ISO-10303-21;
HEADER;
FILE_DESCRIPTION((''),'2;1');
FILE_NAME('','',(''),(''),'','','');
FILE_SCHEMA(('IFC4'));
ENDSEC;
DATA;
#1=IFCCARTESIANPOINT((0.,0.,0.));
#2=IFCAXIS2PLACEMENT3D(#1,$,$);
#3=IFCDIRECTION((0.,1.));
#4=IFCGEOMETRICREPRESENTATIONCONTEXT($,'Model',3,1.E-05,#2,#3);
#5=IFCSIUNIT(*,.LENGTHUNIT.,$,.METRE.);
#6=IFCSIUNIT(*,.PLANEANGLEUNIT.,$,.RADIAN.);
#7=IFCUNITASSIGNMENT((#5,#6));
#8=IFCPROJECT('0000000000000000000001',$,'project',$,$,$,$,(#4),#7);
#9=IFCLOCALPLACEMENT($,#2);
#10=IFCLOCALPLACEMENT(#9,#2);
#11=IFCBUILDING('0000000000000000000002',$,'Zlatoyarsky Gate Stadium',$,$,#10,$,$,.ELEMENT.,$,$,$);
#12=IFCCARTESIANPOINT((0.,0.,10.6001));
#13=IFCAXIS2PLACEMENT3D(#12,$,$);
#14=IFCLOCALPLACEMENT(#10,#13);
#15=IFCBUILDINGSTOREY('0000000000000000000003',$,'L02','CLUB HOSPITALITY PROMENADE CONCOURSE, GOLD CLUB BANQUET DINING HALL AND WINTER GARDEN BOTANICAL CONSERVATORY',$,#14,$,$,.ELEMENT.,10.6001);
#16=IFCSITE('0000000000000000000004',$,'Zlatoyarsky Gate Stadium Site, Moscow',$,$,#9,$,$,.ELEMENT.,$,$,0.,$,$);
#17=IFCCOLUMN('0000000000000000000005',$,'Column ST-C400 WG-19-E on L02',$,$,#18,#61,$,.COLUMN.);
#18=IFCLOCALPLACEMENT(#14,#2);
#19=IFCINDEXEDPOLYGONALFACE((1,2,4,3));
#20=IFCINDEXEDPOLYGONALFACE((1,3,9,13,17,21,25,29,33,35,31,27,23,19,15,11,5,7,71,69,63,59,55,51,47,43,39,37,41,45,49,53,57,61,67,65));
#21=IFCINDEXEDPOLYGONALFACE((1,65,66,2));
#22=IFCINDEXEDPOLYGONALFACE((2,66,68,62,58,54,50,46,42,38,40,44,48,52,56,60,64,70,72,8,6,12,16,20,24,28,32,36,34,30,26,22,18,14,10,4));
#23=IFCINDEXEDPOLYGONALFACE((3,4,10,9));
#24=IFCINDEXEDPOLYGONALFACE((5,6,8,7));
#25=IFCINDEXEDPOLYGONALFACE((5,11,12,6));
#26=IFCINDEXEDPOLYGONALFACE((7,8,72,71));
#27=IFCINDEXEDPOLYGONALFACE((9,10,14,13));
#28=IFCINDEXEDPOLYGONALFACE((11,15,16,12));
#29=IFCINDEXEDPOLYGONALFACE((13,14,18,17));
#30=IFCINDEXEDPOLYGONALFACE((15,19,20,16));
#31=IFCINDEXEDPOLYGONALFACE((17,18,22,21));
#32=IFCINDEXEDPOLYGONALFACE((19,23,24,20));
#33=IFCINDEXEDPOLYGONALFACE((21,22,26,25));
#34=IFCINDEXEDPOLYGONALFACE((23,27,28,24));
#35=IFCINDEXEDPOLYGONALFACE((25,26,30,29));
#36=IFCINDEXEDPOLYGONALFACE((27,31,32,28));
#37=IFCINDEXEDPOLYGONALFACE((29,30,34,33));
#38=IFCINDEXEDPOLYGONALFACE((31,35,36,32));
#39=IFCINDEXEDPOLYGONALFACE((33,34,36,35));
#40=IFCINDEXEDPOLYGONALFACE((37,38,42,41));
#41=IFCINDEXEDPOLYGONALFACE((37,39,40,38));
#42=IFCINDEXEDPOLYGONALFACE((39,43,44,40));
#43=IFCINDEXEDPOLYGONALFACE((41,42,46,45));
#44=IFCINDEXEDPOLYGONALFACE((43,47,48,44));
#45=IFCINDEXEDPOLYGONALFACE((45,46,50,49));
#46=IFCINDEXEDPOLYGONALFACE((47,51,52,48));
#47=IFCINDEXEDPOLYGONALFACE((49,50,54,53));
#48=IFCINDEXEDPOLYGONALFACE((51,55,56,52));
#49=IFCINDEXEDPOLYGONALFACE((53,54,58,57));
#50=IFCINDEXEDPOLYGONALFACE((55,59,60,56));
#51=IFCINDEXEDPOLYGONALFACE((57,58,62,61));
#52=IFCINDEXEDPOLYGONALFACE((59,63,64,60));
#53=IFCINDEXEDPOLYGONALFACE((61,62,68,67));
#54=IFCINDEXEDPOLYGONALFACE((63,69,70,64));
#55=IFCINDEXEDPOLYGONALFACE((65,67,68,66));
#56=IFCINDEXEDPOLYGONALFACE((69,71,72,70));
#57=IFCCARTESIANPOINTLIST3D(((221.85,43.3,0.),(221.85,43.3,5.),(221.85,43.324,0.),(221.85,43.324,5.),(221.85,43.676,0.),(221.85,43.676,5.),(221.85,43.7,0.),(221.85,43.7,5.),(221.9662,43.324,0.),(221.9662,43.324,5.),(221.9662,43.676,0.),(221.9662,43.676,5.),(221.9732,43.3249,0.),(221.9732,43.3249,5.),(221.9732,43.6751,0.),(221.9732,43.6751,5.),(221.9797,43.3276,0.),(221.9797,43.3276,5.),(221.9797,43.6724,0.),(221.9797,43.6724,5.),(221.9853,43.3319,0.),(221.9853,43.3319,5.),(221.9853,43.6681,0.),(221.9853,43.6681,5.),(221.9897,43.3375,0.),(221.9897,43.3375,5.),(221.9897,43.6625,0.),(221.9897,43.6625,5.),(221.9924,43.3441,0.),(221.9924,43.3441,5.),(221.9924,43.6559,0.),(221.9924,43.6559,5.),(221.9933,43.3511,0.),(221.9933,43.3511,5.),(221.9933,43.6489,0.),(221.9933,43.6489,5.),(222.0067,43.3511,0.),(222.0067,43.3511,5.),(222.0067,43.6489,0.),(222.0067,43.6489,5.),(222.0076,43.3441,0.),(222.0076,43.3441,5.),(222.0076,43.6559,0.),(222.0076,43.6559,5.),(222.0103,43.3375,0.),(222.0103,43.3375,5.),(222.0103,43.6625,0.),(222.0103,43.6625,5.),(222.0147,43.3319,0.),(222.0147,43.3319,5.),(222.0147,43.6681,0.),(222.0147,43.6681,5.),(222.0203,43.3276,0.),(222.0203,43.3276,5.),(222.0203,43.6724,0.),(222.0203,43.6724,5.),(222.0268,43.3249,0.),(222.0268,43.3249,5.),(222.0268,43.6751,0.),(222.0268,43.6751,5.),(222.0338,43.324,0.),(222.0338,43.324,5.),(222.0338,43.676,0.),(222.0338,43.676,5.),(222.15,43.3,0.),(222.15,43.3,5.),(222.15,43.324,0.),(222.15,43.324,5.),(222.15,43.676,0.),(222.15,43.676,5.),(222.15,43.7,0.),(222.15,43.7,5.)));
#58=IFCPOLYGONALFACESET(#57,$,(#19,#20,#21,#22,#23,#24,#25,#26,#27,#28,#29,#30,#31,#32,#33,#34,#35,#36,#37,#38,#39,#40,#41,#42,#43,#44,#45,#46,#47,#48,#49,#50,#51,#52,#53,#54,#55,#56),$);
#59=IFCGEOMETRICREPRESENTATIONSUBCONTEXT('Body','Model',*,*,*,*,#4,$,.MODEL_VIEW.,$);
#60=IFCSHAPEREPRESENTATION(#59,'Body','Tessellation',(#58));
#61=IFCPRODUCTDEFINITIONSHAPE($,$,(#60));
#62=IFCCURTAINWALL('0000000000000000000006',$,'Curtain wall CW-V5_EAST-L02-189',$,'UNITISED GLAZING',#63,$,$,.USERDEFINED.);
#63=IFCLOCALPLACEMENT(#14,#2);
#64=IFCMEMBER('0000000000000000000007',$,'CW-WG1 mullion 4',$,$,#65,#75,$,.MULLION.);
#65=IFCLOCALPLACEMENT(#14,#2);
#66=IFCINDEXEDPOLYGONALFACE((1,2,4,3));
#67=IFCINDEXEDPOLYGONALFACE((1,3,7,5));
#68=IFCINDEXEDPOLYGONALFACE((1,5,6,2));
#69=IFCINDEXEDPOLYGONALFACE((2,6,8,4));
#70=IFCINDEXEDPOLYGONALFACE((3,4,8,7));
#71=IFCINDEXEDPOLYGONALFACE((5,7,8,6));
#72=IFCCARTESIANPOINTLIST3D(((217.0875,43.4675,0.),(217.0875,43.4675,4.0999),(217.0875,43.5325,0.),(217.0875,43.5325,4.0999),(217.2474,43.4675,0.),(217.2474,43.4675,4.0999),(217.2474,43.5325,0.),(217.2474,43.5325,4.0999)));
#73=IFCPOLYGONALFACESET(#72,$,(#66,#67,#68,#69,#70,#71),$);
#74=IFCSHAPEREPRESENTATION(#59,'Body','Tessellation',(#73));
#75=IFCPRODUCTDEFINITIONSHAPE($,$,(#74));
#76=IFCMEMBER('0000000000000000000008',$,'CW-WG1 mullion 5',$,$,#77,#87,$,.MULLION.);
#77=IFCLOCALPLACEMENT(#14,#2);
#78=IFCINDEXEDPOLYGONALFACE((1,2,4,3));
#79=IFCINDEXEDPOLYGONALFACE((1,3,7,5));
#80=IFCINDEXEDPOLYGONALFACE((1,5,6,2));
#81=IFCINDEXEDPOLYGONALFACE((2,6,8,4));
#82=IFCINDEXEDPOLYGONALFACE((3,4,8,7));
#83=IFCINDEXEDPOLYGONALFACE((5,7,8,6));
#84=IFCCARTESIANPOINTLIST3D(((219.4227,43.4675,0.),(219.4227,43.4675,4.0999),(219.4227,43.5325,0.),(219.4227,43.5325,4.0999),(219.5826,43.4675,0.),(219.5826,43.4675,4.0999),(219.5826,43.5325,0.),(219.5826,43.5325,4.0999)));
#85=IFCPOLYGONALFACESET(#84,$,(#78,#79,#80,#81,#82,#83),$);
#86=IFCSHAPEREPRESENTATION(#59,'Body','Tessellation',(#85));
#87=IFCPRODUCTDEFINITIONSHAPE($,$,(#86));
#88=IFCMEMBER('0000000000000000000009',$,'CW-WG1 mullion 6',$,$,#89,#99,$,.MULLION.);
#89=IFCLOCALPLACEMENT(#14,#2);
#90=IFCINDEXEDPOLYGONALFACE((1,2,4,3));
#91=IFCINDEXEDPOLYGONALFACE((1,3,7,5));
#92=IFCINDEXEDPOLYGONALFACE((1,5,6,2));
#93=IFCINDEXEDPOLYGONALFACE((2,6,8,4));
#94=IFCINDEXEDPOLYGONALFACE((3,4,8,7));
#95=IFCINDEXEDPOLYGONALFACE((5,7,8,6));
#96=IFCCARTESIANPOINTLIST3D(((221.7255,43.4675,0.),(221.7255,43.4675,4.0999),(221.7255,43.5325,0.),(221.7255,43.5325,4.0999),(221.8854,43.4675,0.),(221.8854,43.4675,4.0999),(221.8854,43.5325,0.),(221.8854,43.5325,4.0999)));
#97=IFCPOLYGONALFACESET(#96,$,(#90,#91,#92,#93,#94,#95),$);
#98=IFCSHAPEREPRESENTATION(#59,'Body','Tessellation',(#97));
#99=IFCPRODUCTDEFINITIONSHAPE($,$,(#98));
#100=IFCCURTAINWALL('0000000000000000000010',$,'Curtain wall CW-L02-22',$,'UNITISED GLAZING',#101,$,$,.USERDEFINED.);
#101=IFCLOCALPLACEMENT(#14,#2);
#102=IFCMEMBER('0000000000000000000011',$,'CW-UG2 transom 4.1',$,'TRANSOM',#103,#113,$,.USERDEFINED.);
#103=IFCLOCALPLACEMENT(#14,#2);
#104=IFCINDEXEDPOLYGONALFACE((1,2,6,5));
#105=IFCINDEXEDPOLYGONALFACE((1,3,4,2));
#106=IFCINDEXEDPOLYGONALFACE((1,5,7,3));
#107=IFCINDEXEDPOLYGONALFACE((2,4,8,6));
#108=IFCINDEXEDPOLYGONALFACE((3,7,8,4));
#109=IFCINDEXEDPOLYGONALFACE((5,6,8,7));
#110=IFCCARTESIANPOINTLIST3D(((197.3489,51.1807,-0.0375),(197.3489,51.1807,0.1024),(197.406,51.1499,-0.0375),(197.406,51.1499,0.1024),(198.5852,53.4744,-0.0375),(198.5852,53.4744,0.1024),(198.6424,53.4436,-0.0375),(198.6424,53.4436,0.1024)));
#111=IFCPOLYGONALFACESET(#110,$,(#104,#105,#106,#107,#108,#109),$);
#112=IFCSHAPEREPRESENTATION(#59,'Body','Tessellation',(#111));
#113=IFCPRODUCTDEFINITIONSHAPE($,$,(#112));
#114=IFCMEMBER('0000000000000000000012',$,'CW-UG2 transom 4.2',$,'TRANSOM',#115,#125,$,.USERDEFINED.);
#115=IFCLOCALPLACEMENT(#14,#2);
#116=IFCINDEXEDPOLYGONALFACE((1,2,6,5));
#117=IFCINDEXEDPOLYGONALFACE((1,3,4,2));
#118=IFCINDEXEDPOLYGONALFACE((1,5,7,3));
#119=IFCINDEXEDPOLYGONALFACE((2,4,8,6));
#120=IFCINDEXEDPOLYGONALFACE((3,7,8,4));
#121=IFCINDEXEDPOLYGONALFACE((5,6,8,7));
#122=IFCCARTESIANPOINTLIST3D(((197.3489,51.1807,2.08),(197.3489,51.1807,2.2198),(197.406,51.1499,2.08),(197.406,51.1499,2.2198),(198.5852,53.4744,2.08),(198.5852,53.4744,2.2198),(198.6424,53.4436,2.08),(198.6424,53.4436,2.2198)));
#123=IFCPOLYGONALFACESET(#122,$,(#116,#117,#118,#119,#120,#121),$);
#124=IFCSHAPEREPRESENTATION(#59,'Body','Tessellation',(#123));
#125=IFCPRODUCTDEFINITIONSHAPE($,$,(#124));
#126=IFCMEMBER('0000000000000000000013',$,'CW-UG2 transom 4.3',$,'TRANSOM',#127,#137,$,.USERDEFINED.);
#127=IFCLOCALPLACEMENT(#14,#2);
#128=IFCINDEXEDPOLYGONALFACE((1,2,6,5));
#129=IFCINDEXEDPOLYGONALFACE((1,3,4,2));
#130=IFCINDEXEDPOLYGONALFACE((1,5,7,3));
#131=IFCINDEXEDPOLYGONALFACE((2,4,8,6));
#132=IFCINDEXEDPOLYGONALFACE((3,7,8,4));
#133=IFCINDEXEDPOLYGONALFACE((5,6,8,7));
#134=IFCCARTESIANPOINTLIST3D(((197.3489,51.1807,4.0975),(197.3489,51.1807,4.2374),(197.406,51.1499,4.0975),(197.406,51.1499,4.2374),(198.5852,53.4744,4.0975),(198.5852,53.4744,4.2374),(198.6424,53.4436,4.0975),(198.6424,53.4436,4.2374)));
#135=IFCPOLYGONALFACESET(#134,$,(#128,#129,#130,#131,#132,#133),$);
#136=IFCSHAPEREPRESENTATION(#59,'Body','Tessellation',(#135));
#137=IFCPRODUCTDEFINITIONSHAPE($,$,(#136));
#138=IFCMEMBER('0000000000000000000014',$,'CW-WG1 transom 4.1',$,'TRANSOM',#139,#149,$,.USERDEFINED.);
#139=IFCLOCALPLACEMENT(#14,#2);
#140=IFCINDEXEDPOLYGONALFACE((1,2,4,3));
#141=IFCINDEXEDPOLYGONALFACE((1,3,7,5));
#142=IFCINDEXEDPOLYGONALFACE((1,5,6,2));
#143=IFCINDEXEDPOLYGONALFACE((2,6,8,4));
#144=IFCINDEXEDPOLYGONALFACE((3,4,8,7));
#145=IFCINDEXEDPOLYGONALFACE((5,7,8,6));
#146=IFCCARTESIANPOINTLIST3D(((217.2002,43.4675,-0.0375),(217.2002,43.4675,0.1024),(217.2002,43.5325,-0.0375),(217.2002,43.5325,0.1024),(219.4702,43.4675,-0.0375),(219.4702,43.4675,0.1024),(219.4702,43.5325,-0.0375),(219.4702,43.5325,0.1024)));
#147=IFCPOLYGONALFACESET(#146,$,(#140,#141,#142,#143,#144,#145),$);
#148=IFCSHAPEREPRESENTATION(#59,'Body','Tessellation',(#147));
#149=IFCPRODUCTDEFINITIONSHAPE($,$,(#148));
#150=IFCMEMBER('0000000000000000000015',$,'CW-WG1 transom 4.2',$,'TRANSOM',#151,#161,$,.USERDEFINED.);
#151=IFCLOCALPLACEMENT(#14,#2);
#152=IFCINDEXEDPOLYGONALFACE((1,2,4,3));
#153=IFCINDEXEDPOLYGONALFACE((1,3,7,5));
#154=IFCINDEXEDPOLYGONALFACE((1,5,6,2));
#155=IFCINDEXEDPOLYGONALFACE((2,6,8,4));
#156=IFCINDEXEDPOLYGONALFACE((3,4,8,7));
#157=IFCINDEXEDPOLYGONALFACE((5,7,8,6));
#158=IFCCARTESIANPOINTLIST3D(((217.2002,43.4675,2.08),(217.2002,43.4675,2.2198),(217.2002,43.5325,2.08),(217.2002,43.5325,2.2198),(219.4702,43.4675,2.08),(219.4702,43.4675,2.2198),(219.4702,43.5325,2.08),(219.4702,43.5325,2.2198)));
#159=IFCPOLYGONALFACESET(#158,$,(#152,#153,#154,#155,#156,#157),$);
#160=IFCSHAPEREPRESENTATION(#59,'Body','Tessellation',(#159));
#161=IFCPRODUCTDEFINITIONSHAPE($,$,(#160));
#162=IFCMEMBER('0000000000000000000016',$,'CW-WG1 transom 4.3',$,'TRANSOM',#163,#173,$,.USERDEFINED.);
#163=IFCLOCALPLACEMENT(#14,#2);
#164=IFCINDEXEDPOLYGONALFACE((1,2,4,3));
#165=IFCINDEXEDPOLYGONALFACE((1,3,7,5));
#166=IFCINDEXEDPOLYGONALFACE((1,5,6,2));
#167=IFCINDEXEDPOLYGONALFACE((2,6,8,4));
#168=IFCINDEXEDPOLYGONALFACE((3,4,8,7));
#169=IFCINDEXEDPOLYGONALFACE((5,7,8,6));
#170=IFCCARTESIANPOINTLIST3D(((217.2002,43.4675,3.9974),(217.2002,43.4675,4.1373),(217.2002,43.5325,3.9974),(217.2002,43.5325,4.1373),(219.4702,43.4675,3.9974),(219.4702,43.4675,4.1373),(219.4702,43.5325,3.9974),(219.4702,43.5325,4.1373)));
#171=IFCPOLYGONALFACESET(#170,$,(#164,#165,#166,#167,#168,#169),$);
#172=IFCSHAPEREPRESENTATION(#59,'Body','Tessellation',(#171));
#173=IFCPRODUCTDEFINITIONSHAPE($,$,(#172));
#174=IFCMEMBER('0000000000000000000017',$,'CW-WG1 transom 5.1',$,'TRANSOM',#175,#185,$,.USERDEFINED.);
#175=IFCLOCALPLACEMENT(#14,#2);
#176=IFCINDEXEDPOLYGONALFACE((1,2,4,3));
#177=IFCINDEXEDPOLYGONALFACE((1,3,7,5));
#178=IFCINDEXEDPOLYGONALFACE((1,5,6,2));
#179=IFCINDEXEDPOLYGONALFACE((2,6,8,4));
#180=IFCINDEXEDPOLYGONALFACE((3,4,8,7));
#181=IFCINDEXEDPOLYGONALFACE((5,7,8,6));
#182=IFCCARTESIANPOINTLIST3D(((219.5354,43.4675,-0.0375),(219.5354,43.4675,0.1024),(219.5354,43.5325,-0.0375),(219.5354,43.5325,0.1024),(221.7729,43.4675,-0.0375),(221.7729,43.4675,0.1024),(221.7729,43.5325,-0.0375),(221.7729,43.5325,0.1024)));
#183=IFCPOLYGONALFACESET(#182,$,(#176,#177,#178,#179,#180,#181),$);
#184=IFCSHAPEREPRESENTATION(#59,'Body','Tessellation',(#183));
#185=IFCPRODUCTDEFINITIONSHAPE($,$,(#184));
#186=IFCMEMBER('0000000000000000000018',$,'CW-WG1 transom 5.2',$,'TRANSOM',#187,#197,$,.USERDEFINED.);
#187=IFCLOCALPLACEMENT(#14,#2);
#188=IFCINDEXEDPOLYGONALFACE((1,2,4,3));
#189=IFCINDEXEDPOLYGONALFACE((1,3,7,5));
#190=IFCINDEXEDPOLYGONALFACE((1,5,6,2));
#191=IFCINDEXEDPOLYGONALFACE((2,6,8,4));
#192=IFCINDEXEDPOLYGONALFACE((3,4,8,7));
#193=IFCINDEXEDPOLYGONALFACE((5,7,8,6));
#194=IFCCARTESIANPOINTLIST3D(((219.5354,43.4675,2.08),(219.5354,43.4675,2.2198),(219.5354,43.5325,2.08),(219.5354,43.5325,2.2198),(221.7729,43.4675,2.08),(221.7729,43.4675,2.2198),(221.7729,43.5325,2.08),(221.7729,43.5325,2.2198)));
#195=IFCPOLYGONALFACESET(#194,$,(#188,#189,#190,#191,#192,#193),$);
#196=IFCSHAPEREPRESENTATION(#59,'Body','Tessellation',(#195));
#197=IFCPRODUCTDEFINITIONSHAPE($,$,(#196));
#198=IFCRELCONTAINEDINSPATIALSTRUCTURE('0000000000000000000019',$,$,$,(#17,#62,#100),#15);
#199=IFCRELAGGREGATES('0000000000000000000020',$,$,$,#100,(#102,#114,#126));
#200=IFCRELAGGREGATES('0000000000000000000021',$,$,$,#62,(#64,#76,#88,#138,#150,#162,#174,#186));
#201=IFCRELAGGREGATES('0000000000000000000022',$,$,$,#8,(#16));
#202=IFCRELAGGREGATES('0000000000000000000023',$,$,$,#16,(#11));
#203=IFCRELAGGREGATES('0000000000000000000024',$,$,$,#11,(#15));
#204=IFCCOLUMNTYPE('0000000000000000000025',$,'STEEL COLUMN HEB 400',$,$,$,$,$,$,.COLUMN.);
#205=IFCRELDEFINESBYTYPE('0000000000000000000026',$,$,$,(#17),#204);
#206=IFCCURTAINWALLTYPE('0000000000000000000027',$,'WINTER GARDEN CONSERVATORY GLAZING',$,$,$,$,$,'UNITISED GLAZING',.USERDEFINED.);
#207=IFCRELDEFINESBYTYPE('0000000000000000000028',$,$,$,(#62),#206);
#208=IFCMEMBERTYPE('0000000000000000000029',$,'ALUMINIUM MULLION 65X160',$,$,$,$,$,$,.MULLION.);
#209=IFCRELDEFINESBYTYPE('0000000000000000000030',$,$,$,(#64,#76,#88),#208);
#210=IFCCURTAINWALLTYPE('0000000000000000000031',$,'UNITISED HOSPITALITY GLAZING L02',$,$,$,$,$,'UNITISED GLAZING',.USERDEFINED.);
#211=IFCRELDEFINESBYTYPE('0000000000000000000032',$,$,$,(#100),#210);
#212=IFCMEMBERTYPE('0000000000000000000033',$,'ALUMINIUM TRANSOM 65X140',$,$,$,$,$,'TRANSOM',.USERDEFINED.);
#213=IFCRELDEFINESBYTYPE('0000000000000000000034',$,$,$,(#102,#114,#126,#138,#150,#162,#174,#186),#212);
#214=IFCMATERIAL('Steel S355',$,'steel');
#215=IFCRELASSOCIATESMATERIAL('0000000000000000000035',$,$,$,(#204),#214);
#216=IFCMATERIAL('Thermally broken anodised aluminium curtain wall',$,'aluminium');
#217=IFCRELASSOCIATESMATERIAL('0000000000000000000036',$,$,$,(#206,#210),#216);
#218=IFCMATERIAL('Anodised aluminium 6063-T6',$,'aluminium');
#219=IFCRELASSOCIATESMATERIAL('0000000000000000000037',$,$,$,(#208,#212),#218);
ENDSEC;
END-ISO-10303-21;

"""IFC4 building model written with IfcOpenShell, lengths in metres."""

from ifc_helpers import new_model, si_unit, direction, frame, origin, origin_2d, place, context, subcontext, project, spatial, rectangle, i_section, extrude, material, material_profile, profile_set, type_object, element, aggregate, save


model = new_model("IFC4")

# Units and contexts
model_context = context("Model", 3, precision=1e-05, world=origin(), true_north=direction((0.0, 1.0)))
body_context = subcontext(model_context, "Body", "Model", "MODEL_VIEW")
ifc_project = project(units=[si_unit("LENGTHUNIT", "METRE"), si_unit("PLANEANGLEUNIT", "RADIAN")], contexts=[model_context])

# Site, building, storey
site_placement = place(None, origin())
site = spatial("IfcSite", under=ifc_project, at=site_placement, Name="Zlatoyarsky Gate Stadium Site, Moscow", CompositionType="ELEMENT", RefElevation=0.0)
building_placement = place(site_placement, origin())
building = spatial("IfcBuilding", under=site, at=building_placement, Name="Zlatoyarsky Gate Stadium", CompositionType="ELEMENT")
storey_placement = place(building_placement, frame((0.0, 0.0, 10.6001)))
storey = spatial("IfcBuildingStorey", under=building, at=storey_placement, Name="L02", Description="CLUB HOSPITALITY PROMENADE CONCOURSE, GOLD CLUB BANQUET DINING HALL AND WINTER GARDEN BOTANICAL CONSERVATORY", CompositionType="ELEMENT", Elevation=10.6001)

# Column
ifc_material_1 = material(Name="Steel S355", Category="steel")
ifc_material_profile_1 = material_profile(ifc_material_1, i_section(OverallWidth=0.3, OverallDepth=0.3999, WebThickness=0.0134, FlangeThickness=0.0239, FilletRadius=0.0271, at=origin_2d()), Name="HEB 400")
ifc_profile_set_1 = profile_set([ifc_material_profile_1], Name="Steel S355")
column_type = type_object("IfcColumnType", Name="STEEL COLUMN HEB 400", PredefinedType="COLUMN", material=ifc_profile_set_1)
column_placement = place(storey_placement, frame((222.0, 43.5, 0.0), z_axis=(0.0, 0.0, 1.0), x_axis=(1.0, 0.0, 0.0)))
element("IfcColumn", 1, at=column_placement, inside=storey, type_object=column_type, Name="Column ST-C400 WG-19-E on L02", PredefinedType="COLUMN", context=body_context, shape_type="SweptSolid", body=[
    extrude(i_section(OverallWidth=0.3, OverallDepth=0.3999, WebThickness=0.0134, FlangeThickness=0.0239, FilletRadius=0.0271, at=origin_2d()), origin(), (0.0, 0.0, 1.0), 5.0),
])

# Curtain walls, members
ifc_material_2 = material(Name="Thermally broken anodised aluminium curtain wall", Category="aluminium")
curtain_wall_type_1 = type_object("IfcCurtainWallType", Name="WINTER GARDEN CONSERVATORY GLAZING", ElementType="UNITISED GLAZING", PredefinedType="USERDEFINED", material=ifc_material_2)
curtain_wall_1_placement = place(storey_placement, origin())
curtain_wall_1 = element("IfcCurtainWall", 2, at=curtain_wall_1_placement, inside=storey, type_object=curtain_wall_type_1, Name="Curtain wall CW-V5_EAST-L02-189", ObjectType="UNITISED GLAZING", PredefinedType="USERDEFINED")
ifc_material_3 = material(Name="Anodised aluminium 6063-T6", Category="aluminium")
ifc_material_profile_2 = material_profile(ifc_material_3, rectangle(XDim=0.0649, YDim=0.1599, at=origin_2d()), Name="ALU 65X160")
ifc_profile_set_2 = profile_set([ifc_material_profile_2], Name="Anodised aluminium 6063-T6")
member_type_1 = type_object("IfcMemberType", Name="ALUMINIUM MULLION 65X160", PredefinedType="MULLION", material=ifc_profile_set_2)
member_1_placement = place(storey_placement, frame((217.1675, 43.5, 0.0), z_axis=(0.0, 0.0, 1.0), x_axis=(0.0, 1.0, 0.0)))
member_1 = element("IfcMember", 3, at=member_1_placement, type_object=member_type_1, Name="CW-WG1 mullion 4", PredefinedType="MULLION", context=body_context, shape_type="SweptSolid", body=[
    extrude(rectangle(XDim=0.0649, YDim=0.1599, at=origin_2d()), origin(), (0.0, 0.0, 1.0), 4.0999),
])
member_2_placement = place(storey_placement, frame((219.5027, 43.5, 0.0), z_axis=(0.0, 0.0, 1.0), x_axis=(0.0, 1.0, 0.0)))
member_2 = element("IfcMember", 4, at=member_2_placement, type_object=member_type_1, Name="CW-WG1 mullion 5", PredefinedType="MULLION", context=body_context, shape_type="SweptSolid", body=[
    extrude(rectangle(XDim=0.0649, YDim=0.1599, at=origin_2d()), origin(), (0.0, 0.0, 1.0), 4.0999),
])
member_3_placement = place(storey_placement, frame((221.8054, 43.5, 0.0), z_axis=(0.0, 0.0, 1.0), x_axis=(0.0, 1.0, 0.0)))
member_3 = element("IfcMember", 5, at=member_3_placement, type_object=member_type_1, Name="CW-WG1 mullion 6", PredefinedType="MULLION", context=body_context, shape_type="SweptSolid", body=[
    extrude(rectangle(XDim=0.0649, YDim=0.1599, at=origin_2d()), origin(), (0.0, 0.0, 1.0), 4.0999),
])
curtain_wall_type_2 = type_object("IfcCurtainWallType", Name="UNITISED HOSPITALITY GLAZING L02", ElementType="UNITISED GLAZING", PredefinedType="USERDEFINED", material=ifc_material_2)
curtain_wall_2_placement = place(storey_placement, origin())
curtain_wall_2 = element("IfcCurtainWall", 6, at=curtain_wall_2_placement, inside=storey, type_object=curtain_wall_type_2, Name="Curtain wall CW-L02-22", ObjectType="UNITISED GLAZING", PredefinedType="USERDEFINED")
ifc_material_profile_3 = material_profile(ifc_material_3, rectangle(XDim=0.0649, YDim=0.1399, at=origin_2d()), Name="ALU 65X140")
ifc_profile_set_3 = profile_set([ifc_material_profile_3], Name="Anodised aluminium 6063-T6")
member_type_2 = type_object("IfcMemberType", Name="ALUMINIUM TRANSOM 65X140", ElementType="TRANSOM", PredefinedType="USERDEFINED", material=ifc_profile_set_3)
member_4_placement = place(storey_placement, frame((197.3774, 51.1653, 0.0325), z_axis=(0.474474, 0.880269, 0.0), x_axis=(-0.880269, 0.474474, 0.0)))
member_4 = element("IfcMember", 7, at=member_4_placement, type_object=member_type_2, Name="CW-UG2 transom 4.1", ObjectType="TRANSOM", PredefinedType="USERDEFINED", context=body_context, shape_type="SweptSolid", body=[
    extrude(rectangle(XDim=0.0649, YDim=0.1399, at=origin_2d()), origin(), (0.0, 0.0, 1.0), 2.6057),
])
member_5_placement = place(storey_placement, frame((197.3774, 51.1653, 2.1499), z_axis=(0.474474, 0.880269, 0.0), x_axis=(-0.880269, 0.474474, 0.0)))
member_5 = element("IfcMember", 8, at=member_5_placement, type_object=member_type_2, Name="CW-UG2 transom 4.2", ObjectType="TRANSOM", PredefinedType="USERDEFINED", context=body_context, shape_type="SweptSolid", body=[
    extrude(rectangle(XDim=0.0649, YDim=0.1399, at=origin_2d()), origin(), (0.0, 0.0, 1.0), 2.6057),
])
member_6_placement = place(storey_placement, frame((197.3774, 51.1653, 4.1675), z_axis=(0.474474, 0.880269, 0.0), x_axis=(-0.880269, 0.474474, 0.0)))
member_6 = element("IfcMember", 9, at=member_6_placement, type_object=member_type_2, Name="CW-UG2 transom 4.3", ObjectType="TRANSOM", PredefinedType="USERDEFINED", context=body_context, shape_type="SweptSolid", body=[
    extrude(rectangle(XDim=0.0649, YDim=0.1399, at=origin_2d()), origin(), (0.0, 0.0, 1.0), 2.6057),
])
aggregate(curtain_wall_2, [member_4, member_5, member_6])

# Members
member_7_placement = place(storey_placement, frame((217.2002, 43.5, 0.0325), z_axis=(1.0, 0.0, 0.0), x_axis=(0.0, 1.0, 0.0)))
member_7 = element("IfcMember", 10, at=member_7_placement, type_object=member_type_2, Name="CW-WG1 transom 4.1", ObjectType="TRANSOM", PredefinedType="USERDEFINED", context=body_context, shape_type="SweptSolid", body=[
    extrude(rectangle(XDim=0.0649, YDim=0.1399, at=origin_2d()), origin(), (0.0, 0.0, 1.0), 2.27),
])
member_8_placement = place(storey_placement, frame((217.2002, 43.5, 2.1499), z_axis=(1.0, 0.0, 0.0), x_axis=(0.0, 1.0, 0.0)))
member_8 = element("IfcMember", 11, at=member_8_placement, type_object=member_type_2, Name="CW-WG1 transom 4.2", ObjectType="TRANSOM", PredefinedType="USERDEFINED", context=body_context, shape_type="SweptSolid", body=[
    extrude(rectangle(XDim=0.0649, YDim=0.1399, at=origin_2d()), origin(), (0.0, 0.0, 1.0), 2.27),
])
member_9_placement = place(storey_placement, frame((217.2002, 43.5, 4.0674), z_axis=(1.0, 0.0, 0.0), x_axis=(0.0, 1.0, 0.0)))
member_9 = element("IfcMember", 12, at=member_9_placement, type_object=member_type_2, Name="CW-WG1 transom 4.3", ObjectType="TRANSOM", PredefinedType="USERDEFINED", context=body_context, shape_type="SweptSolid", body=[
    extrude(rectangle(XDim=0.0649, YDim=0.1399, at=origin_2d()), origin(), (0.0, 0.0, 1.0), 2.27),
])
member_10_placement = place(storey_placement, frame((219.5354, 43.5, 0.0325), z_axis=(1.0, 0.0, 0.0), x_axis=(0.0, 1.0, 0.0)))
member_10 = element("IfcMember", 13, at=member_10_placement, type_object=member_type_2, Name="CW-WG1 transom 5.1", ObjectType="TRANSOM", PredefinedType="USERDEFINED", context=body_context, shape_type="SweptSolid", body=[
    extrude(rectangle(XDim=0.0649, YDim=0.1399, at=origin_2d()), origin(), (0.0, 0.0, 1.0), 2.2375),
])
member_11_placement = place(storey_placement, frame((219.5354, 43.5, 2.1499), z_axis=(1.0, 0.0, 0.0), x_axis=(0.0, 1.0, 0.0)))
member_11 = element("IfcMember", 14, at=member_11_placement, type_object=member_type_2, Name="CW-WG1 transom 5.2", ObjectType="TRANSOM", PredefinedType="USERDEFINED", context=body_context, shape_type="SweptSolid", body=[
    extrude(rectangle(XDim=0.0649, YDim=0.1399, at=origin_2d()), origin(), (0.0, 0.0, 1.0), 2.2375),
])

aggregate(curtain_wall_1, [member_1, member_2, member_3, member_7, member_8, member_9, member_10, member_11])

save(model, "model.ifc")
